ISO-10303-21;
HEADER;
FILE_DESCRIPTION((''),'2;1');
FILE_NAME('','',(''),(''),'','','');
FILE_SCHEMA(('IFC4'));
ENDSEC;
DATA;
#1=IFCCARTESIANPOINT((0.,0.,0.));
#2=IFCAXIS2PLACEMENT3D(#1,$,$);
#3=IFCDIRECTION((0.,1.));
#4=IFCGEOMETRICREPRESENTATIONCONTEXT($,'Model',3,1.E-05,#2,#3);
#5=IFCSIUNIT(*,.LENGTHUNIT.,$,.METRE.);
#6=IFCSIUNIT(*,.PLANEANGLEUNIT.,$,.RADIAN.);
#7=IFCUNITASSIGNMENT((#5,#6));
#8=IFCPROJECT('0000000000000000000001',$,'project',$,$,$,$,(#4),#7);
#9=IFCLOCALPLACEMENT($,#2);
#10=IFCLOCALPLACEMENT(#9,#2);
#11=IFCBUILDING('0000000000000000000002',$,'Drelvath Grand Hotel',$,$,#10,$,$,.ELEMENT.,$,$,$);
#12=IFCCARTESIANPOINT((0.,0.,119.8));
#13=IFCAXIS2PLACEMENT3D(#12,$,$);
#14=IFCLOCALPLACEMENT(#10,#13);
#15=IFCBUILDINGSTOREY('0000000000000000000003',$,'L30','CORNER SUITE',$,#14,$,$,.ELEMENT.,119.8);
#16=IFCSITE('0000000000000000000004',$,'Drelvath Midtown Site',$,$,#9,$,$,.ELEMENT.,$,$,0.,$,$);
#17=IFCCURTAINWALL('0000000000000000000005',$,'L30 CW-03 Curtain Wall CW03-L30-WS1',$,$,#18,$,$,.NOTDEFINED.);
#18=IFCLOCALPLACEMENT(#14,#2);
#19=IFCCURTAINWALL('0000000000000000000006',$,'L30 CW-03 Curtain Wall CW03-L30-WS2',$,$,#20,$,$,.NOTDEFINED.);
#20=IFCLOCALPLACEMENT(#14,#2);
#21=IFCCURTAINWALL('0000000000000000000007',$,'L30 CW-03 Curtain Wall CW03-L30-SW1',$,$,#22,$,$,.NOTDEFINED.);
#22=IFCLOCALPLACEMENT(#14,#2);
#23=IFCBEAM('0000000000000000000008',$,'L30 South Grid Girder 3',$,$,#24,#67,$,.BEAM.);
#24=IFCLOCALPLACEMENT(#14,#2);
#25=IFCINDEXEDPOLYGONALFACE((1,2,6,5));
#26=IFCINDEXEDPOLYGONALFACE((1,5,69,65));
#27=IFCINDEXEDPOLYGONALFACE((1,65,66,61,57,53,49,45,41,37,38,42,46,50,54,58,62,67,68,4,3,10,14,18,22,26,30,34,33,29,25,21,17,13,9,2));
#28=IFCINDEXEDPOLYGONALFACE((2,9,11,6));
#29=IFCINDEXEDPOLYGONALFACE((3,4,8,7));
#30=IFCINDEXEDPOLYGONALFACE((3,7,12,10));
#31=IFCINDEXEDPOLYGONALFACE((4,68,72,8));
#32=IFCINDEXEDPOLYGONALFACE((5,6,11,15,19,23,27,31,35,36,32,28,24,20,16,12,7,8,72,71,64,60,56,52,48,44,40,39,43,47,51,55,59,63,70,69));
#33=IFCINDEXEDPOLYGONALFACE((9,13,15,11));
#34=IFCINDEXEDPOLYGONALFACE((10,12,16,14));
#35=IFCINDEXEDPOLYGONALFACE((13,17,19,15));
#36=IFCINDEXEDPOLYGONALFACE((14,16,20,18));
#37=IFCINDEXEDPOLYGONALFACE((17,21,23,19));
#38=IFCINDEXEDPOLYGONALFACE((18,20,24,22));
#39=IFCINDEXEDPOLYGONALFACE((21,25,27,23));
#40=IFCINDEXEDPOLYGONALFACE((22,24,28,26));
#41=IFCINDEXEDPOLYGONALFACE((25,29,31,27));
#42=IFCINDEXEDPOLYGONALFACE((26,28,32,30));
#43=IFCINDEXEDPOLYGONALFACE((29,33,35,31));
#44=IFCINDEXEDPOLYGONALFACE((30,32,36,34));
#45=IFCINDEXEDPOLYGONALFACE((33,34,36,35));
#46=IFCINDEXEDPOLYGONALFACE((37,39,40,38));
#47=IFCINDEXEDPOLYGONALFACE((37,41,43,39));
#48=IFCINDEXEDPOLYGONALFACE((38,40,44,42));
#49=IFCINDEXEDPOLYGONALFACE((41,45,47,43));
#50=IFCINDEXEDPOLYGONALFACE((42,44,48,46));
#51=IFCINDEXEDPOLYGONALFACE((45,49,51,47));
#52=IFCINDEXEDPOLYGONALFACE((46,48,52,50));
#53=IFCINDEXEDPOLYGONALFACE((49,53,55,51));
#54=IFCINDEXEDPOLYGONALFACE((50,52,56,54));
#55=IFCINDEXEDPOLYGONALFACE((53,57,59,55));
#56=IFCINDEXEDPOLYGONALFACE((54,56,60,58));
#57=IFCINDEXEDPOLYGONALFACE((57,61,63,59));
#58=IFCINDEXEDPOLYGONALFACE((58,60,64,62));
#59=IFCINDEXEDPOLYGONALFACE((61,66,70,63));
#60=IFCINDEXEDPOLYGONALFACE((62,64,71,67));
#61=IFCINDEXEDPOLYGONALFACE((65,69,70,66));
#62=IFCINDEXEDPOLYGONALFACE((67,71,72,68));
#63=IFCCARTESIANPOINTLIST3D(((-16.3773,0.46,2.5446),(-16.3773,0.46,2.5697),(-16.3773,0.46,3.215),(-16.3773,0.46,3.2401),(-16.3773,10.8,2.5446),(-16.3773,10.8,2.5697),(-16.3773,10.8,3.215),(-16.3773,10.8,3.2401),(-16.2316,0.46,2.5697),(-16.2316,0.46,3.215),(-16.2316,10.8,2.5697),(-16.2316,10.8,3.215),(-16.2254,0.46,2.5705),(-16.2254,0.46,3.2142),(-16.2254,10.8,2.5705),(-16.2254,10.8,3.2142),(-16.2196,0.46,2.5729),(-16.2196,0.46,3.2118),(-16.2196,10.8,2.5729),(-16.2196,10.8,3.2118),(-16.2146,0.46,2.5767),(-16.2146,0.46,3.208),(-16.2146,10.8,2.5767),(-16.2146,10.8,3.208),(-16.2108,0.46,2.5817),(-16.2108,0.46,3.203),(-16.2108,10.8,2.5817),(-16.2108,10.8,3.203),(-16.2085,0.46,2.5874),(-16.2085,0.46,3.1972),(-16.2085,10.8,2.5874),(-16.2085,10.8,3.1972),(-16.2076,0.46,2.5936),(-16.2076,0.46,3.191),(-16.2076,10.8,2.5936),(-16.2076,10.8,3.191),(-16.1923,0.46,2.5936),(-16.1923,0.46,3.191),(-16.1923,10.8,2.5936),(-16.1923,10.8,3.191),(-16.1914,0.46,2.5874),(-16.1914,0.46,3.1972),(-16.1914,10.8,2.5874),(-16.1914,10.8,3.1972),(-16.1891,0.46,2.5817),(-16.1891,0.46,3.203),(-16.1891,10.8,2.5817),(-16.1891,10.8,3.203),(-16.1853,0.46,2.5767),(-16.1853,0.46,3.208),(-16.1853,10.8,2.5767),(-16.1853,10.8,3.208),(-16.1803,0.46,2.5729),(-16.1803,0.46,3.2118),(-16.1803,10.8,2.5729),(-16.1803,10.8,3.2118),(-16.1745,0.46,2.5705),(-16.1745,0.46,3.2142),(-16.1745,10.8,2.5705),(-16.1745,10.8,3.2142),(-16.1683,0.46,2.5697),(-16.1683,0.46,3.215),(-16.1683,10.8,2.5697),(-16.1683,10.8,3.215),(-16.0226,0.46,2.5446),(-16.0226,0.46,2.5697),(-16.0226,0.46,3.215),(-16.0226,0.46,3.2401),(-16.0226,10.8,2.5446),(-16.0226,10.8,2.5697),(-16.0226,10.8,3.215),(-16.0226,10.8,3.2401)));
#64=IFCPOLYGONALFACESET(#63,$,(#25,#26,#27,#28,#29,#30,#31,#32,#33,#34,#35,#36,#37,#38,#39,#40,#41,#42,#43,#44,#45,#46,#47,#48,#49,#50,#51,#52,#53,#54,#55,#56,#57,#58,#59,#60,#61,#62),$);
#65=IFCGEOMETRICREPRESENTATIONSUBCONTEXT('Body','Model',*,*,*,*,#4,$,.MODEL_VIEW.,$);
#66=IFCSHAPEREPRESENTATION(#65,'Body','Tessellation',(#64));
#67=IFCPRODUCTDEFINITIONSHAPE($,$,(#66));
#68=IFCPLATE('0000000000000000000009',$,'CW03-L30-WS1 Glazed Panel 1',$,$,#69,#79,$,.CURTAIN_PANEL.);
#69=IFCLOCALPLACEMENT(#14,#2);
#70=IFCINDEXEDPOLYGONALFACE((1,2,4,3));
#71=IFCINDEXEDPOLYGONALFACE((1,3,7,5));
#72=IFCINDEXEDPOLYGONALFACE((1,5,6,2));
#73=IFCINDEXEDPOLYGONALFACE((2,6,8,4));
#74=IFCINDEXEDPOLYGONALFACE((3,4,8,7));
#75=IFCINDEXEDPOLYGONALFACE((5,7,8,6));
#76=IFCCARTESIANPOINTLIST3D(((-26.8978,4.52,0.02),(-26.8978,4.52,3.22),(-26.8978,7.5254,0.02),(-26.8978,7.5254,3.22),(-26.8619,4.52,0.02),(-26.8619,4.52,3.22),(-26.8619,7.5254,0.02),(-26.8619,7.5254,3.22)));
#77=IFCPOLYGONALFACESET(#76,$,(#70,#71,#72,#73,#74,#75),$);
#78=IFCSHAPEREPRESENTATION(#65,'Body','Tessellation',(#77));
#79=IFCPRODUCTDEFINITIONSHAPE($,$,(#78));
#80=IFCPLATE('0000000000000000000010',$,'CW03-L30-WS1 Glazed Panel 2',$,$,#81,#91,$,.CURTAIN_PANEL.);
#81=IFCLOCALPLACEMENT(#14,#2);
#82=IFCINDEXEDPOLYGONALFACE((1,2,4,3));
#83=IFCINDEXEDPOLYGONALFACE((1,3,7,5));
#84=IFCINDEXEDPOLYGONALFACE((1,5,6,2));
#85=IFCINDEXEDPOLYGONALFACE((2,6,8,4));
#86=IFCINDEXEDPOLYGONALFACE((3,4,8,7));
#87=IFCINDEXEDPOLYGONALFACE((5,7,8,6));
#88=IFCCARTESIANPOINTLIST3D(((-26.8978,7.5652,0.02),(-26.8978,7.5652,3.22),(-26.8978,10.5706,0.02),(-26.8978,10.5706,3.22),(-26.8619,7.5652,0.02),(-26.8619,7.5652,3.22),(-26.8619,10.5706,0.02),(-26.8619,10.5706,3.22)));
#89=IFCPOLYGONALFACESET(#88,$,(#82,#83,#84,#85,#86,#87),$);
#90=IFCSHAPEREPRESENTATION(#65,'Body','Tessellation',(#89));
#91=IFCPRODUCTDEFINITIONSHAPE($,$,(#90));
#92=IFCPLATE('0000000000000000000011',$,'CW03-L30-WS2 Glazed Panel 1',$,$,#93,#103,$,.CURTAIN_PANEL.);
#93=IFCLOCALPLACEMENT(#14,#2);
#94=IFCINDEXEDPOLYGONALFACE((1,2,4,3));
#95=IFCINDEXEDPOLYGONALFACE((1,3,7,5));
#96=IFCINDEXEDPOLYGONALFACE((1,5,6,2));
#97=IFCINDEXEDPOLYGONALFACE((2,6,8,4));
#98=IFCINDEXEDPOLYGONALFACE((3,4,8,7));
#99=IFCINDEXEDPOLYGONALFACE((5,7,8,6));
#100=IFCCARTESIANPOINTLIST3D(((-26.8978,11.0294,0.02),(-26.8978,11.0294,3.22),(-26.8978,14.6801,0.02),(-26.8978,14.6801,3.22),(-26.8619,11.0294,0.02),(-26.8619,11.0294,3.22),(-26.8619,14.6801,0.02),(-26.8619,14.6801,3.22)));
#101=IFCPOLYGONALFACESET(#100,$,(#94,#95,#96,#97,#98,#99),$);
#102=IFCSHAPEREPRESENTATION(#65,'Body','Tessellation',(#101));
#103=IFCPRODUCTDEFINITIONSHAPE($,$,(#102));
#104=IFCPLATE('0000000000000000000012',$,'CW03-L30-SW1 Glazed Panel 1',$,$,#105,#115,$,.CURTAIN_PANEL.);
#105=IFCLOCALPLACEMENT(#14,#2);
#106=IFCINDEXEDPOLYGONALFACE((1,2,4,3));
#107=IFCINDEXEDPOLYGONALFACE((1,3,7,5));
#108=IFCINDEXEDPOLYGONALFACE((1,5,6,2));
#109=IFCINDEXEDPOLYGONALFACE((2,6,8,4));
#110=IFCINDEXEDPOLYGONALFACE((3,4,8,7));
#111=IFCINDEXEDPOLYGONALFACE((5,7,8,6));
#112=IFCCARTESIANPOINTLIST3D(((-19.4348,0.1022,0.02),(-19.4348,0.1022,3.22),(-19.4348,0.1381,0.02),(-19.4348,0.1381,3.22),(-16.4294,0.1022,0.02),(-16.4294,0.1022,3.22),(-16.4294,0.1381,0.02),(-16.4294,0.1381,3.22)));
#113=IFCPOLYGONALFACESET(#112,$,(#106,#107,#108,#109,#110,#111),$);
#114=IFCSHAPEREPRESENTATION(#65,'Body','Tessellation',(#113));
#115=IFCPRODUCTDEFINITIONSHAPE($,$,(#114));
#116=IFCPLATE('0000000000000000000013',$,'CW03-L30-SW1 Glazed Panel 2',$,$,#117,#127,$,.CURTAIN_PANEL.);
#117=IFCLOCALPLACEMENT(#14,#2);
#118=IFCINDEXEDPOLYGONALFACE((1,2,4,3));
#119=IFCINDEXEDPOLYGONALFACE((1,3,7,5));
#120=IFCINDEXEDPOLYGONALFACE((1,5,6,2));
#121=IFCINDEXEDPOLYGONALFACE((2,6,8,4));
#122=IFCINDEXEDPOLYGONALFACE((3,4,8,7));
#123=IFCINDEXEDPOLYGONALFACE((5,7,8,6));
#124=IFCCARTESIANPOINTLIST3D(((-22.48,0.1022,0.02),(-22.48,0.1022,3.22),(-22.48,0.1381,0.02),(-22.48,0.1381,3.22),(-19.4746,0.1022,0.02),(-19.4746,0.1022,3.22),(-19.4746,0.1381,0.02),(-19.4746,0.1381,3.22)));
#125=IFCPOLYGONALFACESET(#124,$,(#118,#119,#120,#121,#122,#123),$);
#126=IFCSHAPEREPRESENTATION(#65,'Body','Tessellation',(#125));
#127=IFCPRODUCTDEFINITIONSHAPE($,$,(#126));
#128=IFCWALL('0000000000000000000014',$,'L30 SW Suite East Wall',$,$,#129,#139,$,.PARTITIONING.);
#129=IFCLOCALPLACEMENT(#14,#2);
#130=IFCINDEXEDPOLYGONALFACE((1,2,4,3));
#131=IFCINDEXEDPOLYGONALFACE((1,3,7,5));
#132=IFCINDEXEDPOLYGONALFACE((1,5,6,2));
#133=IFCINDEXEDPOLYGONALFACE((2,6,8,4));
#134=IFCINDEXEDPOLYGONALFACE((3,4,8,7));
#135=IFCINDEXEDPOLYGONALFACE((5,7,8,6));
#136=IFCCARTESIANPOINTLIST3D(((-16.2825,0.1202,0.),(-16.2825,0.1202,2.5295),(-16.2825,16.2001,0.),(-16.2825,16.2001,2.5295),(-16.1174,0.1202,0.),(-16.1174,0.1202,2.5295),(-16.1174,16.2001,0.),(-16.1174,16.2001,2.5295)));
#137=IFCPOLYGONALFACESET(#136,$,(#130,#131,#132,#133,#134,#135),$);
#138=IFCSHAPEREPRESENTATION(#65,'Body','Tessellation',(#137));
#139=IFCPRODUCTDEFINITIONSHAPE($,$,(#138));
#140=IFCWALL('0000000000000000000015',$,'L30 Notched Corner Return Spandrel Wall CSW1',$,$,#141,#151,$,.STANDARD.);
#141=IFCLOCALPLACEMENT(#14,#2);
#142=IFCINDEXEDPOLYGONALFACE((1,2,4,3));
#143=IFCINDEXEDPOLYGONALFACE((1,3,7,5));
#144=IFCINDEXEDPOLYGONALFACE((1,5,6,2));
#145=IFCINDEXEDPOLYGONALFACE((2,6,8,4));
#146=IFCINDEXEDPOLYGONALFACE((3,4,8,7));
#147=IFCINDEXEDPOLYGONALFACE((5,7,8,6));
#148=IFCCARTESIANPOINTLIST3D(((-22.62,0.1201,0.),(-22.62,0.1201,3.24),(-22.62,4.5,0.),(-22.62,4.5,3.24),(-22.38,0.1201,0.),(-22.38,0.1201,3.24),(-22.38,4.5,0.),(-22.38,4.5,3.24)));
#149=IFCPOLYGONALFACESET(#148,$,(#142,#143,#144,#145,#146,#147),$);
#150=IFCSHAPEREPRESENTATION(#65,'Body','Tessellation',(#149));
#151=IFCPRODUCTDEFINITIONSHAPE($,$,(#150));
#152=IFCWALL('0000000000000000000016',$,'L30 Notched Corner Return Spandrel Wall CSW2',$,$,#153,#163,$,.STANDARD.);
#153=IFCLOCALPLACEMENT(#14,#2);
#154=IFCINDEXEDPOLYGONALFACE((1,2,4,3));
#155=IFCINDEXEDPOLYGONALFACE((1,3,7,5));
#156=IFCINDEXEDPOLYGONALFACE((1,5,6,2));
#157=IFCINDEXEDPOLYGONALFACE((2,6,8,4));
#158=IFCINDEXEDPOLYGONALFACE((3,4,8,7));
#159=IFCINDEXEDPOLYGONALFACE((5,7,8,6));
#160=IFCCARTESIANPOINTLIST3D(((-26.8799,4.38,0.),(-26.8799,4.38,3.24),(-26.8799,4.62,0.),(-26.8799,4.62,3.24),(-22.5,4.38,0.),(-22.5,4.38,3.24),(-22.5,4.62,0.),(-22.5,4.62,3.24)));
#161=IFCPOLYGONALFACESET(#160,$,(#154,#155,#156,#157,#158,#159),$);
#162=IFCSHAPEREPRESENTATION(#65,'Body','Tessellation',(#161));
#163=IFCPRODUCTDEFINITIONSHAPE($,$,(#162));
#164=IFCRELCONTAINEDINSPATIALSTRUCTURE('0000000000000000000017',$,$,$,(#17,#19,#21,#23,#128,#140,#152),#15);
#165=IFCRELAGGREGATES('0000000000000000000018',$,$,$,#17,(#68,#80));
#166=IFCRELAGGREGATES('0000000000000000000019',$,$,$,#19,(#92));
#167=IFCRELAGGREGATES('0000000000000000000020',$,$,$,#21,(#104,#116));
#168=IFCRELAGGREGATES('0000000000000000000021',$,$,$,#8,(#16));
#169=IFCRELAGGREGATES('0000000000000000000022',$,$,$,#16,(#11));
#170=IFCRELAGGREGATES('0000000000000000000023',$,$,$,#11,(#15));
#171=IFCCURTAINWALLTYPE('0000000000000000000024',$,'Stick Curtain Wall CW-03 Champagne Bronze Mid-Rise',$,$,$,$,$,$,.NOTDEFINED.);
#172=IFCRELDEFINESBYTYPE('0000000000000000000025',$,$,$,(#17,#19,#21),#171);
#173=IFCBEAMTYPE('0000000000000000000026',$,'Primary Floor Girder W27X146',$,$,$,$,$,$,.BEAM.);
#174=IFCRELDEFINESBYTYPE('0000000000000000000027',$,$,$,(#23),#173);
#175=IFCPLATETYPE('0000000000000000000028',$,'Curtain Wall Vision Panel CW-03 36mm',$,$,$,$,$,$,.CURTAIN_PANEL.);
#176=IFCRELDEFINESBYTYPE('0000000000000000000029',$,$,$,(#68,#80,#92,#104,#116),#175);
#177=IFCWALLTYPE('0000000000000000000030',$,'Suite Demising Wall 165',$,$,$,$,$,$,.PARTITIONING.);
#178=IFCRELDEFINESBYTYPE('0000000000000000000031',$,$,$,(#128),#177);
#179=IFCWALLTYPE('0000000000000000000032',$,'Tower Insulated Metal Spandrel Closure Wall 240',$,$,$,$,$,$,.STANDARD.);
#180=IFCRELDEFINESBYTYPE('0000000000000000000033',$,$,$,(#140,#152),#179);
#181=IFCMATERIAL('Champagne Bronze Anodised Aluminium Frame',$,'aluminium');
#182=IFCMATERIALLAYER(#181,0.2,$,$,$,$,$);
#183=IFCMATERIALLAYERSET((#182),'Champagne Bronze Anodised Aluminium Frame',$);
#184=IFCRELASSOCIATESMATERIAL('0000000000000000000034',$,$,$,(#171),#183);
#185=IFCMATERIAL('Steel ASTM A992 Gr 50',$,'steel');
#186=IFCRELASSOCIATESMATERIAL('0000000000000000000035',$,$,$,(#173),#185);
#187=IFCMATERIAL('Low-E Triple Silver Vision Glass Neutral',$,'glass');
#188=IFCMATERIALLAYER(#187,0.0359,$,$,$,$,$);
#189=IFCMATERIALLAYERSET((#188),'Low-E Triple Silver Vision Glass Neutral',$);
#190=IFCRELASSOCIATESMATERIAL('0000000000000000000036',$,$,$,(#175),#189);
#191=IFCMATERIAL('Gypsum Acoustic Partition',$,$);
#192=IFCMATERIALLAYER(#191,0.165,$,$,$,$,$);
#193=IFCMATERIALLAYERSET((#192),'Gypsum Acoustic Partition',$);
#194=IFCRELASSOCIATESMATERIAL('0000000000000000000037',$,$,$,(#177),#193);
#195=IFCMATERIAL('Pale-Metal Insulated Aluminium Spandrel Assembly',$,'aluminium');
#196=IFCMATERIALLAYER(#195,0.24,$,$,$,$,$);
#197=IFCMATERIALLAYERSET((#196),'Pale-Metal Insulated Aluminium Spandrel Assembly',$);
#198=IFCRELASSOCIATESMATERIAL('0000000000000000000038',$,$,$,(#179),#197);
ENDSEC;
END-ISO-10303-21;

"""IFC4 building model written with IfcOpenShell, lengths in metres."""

from ifc_helpers import new_model, si_unit, direction, frame, frame_2d, origin, origin_2d, place, context, subcontext, project, spatial, rectangle, i_section, extrude, material, layer, layer_set, material_profile, profile_set, type_object, element, aggregate, save


model = new_model("IFC4")

# Units and contexts
model_context = context("Model", 3, precision=1e-05, world=origin(), true_north=direction((0.0, 1.0)))
body_context = subcontext(model_context, "Body", "Model", "MODEL_VIEW")
ifc_project = project(units=[si_unit("LENGTHUNIT", "METRE"), si_unit("PLANEANGLEUNIT", "RADIAN")], contexts=[model_context])

# Site, building, storey
site_placement = place(None, origin())
site = spatial("IfcSite", under=ifc_project, at=site_placement, Name="Drelvath Midtown Site", CompositionType="ELEMENT", RefElevation=0.0)
building_placement = place(site_placement, origin())
building = spatial("IfcBuilding", under=site, at=building_placement, Name="Drelvath Grand Hotel", CompositionType="ELEMENT")
storey_placement = place(building_placement, frame((0.0, 0.0, 119.8)))
storey = spatial("IfcBuildingStorey", under=building, at=storey_placement, Name="L30", Description="CORNER SUITE", CompositionType="ELEMENT", Elevation=119.8)

# Curtain walls
ifc_material_1 = material(Name="Champagne Bronze Anodised Aluminium Frame", Category="aluminium")
ifc_layer_1 = layer(ifc_material_1, 0.2)
ifc_layer_set_1 = layer_set([ifc_layer_1], Name="Champagne Bronze Anodised Aluminium Frame")
curtain_wall_type = type_object("IfcCurtainWallType", Name="Stick Curtain Wall CW-03 Champagne Bronze Mid-Rise", PredefinedType="NOTDEFINED", material=ifc_layer_set_1)
curtain_wall_1_placement = place(storey_placement, origin())
curtain_wall_1 = element("IfcCurtainWall", 1, at=curtain_wall_1_placement, inside=storey, type_object=curtain_wall_type, Name="L30 CW-03 Curtain Wall CW03-L30-WS1", PredefinedType="NOTDEFINED")
curtain_wall_2_placement = place(storey_placement, origin())
curtain_wall_2 = element("IfcCurtainWall", 2, at=curtain_wall_2_placement, inside=storey, type_object=curtain_wall_type, Name="L30 CW-03 Curtain Wall CW03-L30-WS2", PredefinedType="NOTDEFINED")
curtain_wall_3_placement = place(storey_placement, origin())
curtain_wall_3 = element("IfcCurtainWall", 3, at=curtain_wall_3_placement, inside=storey, type_object=curtain_wall_type, Name="L30 CW-03 Curtain Wall CW03-L30-SW1", PredefinedType="NOTDEFINED")

# Beam
ifc_material_2 = material(Name="Steel ASTM A992 Gr 50", Category="steel")
ifc_material_profile_1 = material_profile(ifc_material_2, i_section(OverallWidth=0.3547, OverallDepth=0.6956, WebThickness=0.0154, FlangeThickness=0.0251, FilletRadius=0.0239, at=origin_2d()), Name="W27X146")
ifc_profile_set_1 = profile_set([ifc_material_profile_1], Name="Steel ASTM A992 Gr 50")
beam_type_1 = type_object("IfcBeamType", Name="Primary Floor Girder W27X146", PredefinedType="BEAM", material=ifc_profile_set_1)
for number, where, z_axis, x_axis, name in (
    (4, (-16.2, 0.46, 2.8923), (0.0, 1.0, 0.0), (-1.0, 0.0, 0.0), "L30 South Grid Girder 3"),
):
    element("IfcBeam", number, at=place(storey_placement, frame(where, z_axis=z_axis, x_axis=x_axis)), inside=storey, type_object=beam_type_1, Name=name, PredefinedType="BEAM", context=body_context, shape_type="SweptSolid", body=[
        extrude(i_section(OverallWidth=0.3547, OverallDepth=0.6956, WebThickness=0.0154, FlangeThickness=0.0251, FilletRadius=0.0239, at=origin_2d()), origin(), (0.0, 0.0, 1.0), 10.3401),
    ])

# Plates
ifc_material_3 = material(Name="Low-E Triple Silver Vision Glass Neutral", Category="glass")
ifc_layer_2 = layer(ifc_material_3, 0.0359)
ifc_layer_set_2 = layer_set([ifc_layer_2], Name="Low-E Triple Silver Vision Glass Neutral")
plate_type = type_object("IfcPlateType", Name="Curtain Wall Vision Panel CW-03 36mm", PredefinedType="CURTAIN_PANEL", material=ifc_layer_set_2)
plate_1_placement = place(storey_placement, frame((-26.8799, 6.0227, 0.02), z_axis=(0.0, 0.0, 1.0), x_axis=(0.0, 1.0, 0.0)))
plate_1 = element("IfcPlate", 5, at=plate_1_placement, type_object=plate_type, Name="CW03-L30-WS1 Glazed Panel 1", PredefinedType="CURTAIN_PANEL", context=body_context, shape_type="SweptSolid", body=[
    extrude(rectangle(XDim=3.0054, YDim=0.0359, at=origin_2d()), origin(), (0.0, 0.0, 1.0), 3.2),
])
plate_2_placement = place(storey_placement, frame((-26.8799, 9.0679, 0.02), z_axis=(0.0, 0.0, 1.0), x_axis=(0.0, 1.0, 0.0)))
plate_2 = element("IfcPlate", 6, at=plate_2_placement, type_object=plate_type, Name="CW03-L30-WS1 Glazed Panel 2", PredefinedType="CURTAIN_PANEL", context=body_context, shape_type="SweptSolid", body=[
    extrude(rectangle(XDim=3.0054, YDim=0.0359, at=origin_2d()), origin(), (0.0, 0.0, 1.0), 3.2),
])
aggregate(curtain_wall_1, [plate_1, plate_2])
plate_3_placement = place(storey_placement, frame((-26.8799, 12.8547, 0.02), z_axis=(0.0, 0.0, 1.0), x_axis=(0.0, 1.0, 0.0)))
plate_3 = element("IfcPlate", 7, at=plate_3_placement, type_object=plate_type, Name="CW03-L30-WS2 Glazed Panel 1", PredefinedType="CURTAIN_PANEL", context=body_context, shape_type="SweptSolid", body=[
    extrude(rectangle(XDim=3.6506, YDim=0.0359, at=origin_2d()), origin(), (0.0, 0.0, 1.0), 3.2),
])
aggregate(curtain_wall_2, [plate_3])
plate_4_placement = place(storey_placement, frame((-17.9321, 0.1201, 0.02), z_axis=(0.0, 0.0, 1.0), x_axis=(-1.0, 0.0, 0.0)))
plate_4 = element("IfcPlate", 8, at=plate_4_placement, type_object=plate_type, Name="CW03-L30-SW1 Glazed Panel 1", PredefinedType="CURTAIN_PANEL", context=body_context, shape_type="SweptSolid", body=[
    extrude(rectangle(XDim=3.0054, YDim=0.0359, at=origin_2d()), origin(), (0.0, 0.0, 1.0), 3.2),
])
plate_5_placement = place(storey_placement, frame((-20.9773, 0.1201, 0.02), z_axis=(0.0, 0.0, 1.0), x_axis=(-1.0, 0.0, 0.0)))
plate_5 = element("IfcPlate", 9, at=plate_5_placement, type_object=plate_type, Name="CW03-L30-SW1 Glazed Panel 2", PredefinedType="CURTAIN_PANEL", context=body_context, shape_type="SweptSolid", body=[
    extrude(rectangle(XDim=3.0054, YDim=0.0359, at=origin_2d()), origin(), (0.0, 0.0, 1.0), 3.2),
])
aggregate(curtain_wall_3, [plate_4, plate_5])

# Walls
ifc_material_4 = material(Name="Gypsum Acoustic Partition")
ifc_layer_3 = layer(ifc_material_4, 0.165)
ifc_layer_set_3 = layer_set([ifc_layer_3], Name="Gypsum Acoustic Partition")
wall_type_1 = type_object("IfcWallType", Name="Suite Demising Wall 165", PredefinedType="PARTITIONING", material=ifc_layer_set_3)
wall_placement = place(storey_placement, frame((-16.2, 0.1201, 0.0), z_axis=(0.0, 0.0, 1.0), x_axis=(0.0, 1.0, 0.0)))
element("IfcWall", 10, at=wall_placement, inside=storey, type_object=wall_type_1, Name="L30 SW Suite East Wall", PredefinedType="PARTITIONING", context=body_context, shape_type="SweptSolid", body=[
    extrude(rectangle(XDim=16.0798, YDim=0.165, at=frame_2d((8.04, 0.0))), origin(), (0.0, 0.0, 1.0), 2.5295),
])
ifc_material_5 = material(Name="Pale-Metal Insulated Aluminium Spandrel Assembly", Category="aluminium")
ifc_layer_4 = layer(ifc_material_5, 0.24)
ifc_layer_set_4 = layer_set([ifc_layer_4], Name="Pale-Metal Insulated Aluminium Spandrel Assembly")
wall_type_2 = type_object("IfcWallType", Name="Tower Insulated Metal Spandrel Closure Wall 240", PredefinedType="STANDARD", material=ifc_layer_set_4)
for number, where, z_axis, x_axis, name in (
    (11, (-22.5, 0.1201, 0.0), (0.0, 0.0, 1.0), (0.0, 1.0, 0.0), "L30 Notched Corner Return Spandrel Wall CSW1"),
    (12, (-22.5, 4.5, 0.0), (0.0, 0.0, 1.0), (-1.0, 0.0, 0.0), "L30 Notched Corner Return Spandrel Wall CSW2"),
):
    element("IfcWall", number, at=place(storey_placement, frame(where, z_axis=z_axis, x_axis=x_axis)), inside=storey, type_object=wall_type_2, Name=name, PredefinedType="STANDARD", context=body_context, shape_type="SweptSolid", body=[
        extrude(rectangle(XDim=4.3799, YDim=0.24, at=frame_2d((2.1899, 0.0))), origin(), (0.0, 0.0, 1.0), 3.24),
    ])

save(model, "model.ifc")
